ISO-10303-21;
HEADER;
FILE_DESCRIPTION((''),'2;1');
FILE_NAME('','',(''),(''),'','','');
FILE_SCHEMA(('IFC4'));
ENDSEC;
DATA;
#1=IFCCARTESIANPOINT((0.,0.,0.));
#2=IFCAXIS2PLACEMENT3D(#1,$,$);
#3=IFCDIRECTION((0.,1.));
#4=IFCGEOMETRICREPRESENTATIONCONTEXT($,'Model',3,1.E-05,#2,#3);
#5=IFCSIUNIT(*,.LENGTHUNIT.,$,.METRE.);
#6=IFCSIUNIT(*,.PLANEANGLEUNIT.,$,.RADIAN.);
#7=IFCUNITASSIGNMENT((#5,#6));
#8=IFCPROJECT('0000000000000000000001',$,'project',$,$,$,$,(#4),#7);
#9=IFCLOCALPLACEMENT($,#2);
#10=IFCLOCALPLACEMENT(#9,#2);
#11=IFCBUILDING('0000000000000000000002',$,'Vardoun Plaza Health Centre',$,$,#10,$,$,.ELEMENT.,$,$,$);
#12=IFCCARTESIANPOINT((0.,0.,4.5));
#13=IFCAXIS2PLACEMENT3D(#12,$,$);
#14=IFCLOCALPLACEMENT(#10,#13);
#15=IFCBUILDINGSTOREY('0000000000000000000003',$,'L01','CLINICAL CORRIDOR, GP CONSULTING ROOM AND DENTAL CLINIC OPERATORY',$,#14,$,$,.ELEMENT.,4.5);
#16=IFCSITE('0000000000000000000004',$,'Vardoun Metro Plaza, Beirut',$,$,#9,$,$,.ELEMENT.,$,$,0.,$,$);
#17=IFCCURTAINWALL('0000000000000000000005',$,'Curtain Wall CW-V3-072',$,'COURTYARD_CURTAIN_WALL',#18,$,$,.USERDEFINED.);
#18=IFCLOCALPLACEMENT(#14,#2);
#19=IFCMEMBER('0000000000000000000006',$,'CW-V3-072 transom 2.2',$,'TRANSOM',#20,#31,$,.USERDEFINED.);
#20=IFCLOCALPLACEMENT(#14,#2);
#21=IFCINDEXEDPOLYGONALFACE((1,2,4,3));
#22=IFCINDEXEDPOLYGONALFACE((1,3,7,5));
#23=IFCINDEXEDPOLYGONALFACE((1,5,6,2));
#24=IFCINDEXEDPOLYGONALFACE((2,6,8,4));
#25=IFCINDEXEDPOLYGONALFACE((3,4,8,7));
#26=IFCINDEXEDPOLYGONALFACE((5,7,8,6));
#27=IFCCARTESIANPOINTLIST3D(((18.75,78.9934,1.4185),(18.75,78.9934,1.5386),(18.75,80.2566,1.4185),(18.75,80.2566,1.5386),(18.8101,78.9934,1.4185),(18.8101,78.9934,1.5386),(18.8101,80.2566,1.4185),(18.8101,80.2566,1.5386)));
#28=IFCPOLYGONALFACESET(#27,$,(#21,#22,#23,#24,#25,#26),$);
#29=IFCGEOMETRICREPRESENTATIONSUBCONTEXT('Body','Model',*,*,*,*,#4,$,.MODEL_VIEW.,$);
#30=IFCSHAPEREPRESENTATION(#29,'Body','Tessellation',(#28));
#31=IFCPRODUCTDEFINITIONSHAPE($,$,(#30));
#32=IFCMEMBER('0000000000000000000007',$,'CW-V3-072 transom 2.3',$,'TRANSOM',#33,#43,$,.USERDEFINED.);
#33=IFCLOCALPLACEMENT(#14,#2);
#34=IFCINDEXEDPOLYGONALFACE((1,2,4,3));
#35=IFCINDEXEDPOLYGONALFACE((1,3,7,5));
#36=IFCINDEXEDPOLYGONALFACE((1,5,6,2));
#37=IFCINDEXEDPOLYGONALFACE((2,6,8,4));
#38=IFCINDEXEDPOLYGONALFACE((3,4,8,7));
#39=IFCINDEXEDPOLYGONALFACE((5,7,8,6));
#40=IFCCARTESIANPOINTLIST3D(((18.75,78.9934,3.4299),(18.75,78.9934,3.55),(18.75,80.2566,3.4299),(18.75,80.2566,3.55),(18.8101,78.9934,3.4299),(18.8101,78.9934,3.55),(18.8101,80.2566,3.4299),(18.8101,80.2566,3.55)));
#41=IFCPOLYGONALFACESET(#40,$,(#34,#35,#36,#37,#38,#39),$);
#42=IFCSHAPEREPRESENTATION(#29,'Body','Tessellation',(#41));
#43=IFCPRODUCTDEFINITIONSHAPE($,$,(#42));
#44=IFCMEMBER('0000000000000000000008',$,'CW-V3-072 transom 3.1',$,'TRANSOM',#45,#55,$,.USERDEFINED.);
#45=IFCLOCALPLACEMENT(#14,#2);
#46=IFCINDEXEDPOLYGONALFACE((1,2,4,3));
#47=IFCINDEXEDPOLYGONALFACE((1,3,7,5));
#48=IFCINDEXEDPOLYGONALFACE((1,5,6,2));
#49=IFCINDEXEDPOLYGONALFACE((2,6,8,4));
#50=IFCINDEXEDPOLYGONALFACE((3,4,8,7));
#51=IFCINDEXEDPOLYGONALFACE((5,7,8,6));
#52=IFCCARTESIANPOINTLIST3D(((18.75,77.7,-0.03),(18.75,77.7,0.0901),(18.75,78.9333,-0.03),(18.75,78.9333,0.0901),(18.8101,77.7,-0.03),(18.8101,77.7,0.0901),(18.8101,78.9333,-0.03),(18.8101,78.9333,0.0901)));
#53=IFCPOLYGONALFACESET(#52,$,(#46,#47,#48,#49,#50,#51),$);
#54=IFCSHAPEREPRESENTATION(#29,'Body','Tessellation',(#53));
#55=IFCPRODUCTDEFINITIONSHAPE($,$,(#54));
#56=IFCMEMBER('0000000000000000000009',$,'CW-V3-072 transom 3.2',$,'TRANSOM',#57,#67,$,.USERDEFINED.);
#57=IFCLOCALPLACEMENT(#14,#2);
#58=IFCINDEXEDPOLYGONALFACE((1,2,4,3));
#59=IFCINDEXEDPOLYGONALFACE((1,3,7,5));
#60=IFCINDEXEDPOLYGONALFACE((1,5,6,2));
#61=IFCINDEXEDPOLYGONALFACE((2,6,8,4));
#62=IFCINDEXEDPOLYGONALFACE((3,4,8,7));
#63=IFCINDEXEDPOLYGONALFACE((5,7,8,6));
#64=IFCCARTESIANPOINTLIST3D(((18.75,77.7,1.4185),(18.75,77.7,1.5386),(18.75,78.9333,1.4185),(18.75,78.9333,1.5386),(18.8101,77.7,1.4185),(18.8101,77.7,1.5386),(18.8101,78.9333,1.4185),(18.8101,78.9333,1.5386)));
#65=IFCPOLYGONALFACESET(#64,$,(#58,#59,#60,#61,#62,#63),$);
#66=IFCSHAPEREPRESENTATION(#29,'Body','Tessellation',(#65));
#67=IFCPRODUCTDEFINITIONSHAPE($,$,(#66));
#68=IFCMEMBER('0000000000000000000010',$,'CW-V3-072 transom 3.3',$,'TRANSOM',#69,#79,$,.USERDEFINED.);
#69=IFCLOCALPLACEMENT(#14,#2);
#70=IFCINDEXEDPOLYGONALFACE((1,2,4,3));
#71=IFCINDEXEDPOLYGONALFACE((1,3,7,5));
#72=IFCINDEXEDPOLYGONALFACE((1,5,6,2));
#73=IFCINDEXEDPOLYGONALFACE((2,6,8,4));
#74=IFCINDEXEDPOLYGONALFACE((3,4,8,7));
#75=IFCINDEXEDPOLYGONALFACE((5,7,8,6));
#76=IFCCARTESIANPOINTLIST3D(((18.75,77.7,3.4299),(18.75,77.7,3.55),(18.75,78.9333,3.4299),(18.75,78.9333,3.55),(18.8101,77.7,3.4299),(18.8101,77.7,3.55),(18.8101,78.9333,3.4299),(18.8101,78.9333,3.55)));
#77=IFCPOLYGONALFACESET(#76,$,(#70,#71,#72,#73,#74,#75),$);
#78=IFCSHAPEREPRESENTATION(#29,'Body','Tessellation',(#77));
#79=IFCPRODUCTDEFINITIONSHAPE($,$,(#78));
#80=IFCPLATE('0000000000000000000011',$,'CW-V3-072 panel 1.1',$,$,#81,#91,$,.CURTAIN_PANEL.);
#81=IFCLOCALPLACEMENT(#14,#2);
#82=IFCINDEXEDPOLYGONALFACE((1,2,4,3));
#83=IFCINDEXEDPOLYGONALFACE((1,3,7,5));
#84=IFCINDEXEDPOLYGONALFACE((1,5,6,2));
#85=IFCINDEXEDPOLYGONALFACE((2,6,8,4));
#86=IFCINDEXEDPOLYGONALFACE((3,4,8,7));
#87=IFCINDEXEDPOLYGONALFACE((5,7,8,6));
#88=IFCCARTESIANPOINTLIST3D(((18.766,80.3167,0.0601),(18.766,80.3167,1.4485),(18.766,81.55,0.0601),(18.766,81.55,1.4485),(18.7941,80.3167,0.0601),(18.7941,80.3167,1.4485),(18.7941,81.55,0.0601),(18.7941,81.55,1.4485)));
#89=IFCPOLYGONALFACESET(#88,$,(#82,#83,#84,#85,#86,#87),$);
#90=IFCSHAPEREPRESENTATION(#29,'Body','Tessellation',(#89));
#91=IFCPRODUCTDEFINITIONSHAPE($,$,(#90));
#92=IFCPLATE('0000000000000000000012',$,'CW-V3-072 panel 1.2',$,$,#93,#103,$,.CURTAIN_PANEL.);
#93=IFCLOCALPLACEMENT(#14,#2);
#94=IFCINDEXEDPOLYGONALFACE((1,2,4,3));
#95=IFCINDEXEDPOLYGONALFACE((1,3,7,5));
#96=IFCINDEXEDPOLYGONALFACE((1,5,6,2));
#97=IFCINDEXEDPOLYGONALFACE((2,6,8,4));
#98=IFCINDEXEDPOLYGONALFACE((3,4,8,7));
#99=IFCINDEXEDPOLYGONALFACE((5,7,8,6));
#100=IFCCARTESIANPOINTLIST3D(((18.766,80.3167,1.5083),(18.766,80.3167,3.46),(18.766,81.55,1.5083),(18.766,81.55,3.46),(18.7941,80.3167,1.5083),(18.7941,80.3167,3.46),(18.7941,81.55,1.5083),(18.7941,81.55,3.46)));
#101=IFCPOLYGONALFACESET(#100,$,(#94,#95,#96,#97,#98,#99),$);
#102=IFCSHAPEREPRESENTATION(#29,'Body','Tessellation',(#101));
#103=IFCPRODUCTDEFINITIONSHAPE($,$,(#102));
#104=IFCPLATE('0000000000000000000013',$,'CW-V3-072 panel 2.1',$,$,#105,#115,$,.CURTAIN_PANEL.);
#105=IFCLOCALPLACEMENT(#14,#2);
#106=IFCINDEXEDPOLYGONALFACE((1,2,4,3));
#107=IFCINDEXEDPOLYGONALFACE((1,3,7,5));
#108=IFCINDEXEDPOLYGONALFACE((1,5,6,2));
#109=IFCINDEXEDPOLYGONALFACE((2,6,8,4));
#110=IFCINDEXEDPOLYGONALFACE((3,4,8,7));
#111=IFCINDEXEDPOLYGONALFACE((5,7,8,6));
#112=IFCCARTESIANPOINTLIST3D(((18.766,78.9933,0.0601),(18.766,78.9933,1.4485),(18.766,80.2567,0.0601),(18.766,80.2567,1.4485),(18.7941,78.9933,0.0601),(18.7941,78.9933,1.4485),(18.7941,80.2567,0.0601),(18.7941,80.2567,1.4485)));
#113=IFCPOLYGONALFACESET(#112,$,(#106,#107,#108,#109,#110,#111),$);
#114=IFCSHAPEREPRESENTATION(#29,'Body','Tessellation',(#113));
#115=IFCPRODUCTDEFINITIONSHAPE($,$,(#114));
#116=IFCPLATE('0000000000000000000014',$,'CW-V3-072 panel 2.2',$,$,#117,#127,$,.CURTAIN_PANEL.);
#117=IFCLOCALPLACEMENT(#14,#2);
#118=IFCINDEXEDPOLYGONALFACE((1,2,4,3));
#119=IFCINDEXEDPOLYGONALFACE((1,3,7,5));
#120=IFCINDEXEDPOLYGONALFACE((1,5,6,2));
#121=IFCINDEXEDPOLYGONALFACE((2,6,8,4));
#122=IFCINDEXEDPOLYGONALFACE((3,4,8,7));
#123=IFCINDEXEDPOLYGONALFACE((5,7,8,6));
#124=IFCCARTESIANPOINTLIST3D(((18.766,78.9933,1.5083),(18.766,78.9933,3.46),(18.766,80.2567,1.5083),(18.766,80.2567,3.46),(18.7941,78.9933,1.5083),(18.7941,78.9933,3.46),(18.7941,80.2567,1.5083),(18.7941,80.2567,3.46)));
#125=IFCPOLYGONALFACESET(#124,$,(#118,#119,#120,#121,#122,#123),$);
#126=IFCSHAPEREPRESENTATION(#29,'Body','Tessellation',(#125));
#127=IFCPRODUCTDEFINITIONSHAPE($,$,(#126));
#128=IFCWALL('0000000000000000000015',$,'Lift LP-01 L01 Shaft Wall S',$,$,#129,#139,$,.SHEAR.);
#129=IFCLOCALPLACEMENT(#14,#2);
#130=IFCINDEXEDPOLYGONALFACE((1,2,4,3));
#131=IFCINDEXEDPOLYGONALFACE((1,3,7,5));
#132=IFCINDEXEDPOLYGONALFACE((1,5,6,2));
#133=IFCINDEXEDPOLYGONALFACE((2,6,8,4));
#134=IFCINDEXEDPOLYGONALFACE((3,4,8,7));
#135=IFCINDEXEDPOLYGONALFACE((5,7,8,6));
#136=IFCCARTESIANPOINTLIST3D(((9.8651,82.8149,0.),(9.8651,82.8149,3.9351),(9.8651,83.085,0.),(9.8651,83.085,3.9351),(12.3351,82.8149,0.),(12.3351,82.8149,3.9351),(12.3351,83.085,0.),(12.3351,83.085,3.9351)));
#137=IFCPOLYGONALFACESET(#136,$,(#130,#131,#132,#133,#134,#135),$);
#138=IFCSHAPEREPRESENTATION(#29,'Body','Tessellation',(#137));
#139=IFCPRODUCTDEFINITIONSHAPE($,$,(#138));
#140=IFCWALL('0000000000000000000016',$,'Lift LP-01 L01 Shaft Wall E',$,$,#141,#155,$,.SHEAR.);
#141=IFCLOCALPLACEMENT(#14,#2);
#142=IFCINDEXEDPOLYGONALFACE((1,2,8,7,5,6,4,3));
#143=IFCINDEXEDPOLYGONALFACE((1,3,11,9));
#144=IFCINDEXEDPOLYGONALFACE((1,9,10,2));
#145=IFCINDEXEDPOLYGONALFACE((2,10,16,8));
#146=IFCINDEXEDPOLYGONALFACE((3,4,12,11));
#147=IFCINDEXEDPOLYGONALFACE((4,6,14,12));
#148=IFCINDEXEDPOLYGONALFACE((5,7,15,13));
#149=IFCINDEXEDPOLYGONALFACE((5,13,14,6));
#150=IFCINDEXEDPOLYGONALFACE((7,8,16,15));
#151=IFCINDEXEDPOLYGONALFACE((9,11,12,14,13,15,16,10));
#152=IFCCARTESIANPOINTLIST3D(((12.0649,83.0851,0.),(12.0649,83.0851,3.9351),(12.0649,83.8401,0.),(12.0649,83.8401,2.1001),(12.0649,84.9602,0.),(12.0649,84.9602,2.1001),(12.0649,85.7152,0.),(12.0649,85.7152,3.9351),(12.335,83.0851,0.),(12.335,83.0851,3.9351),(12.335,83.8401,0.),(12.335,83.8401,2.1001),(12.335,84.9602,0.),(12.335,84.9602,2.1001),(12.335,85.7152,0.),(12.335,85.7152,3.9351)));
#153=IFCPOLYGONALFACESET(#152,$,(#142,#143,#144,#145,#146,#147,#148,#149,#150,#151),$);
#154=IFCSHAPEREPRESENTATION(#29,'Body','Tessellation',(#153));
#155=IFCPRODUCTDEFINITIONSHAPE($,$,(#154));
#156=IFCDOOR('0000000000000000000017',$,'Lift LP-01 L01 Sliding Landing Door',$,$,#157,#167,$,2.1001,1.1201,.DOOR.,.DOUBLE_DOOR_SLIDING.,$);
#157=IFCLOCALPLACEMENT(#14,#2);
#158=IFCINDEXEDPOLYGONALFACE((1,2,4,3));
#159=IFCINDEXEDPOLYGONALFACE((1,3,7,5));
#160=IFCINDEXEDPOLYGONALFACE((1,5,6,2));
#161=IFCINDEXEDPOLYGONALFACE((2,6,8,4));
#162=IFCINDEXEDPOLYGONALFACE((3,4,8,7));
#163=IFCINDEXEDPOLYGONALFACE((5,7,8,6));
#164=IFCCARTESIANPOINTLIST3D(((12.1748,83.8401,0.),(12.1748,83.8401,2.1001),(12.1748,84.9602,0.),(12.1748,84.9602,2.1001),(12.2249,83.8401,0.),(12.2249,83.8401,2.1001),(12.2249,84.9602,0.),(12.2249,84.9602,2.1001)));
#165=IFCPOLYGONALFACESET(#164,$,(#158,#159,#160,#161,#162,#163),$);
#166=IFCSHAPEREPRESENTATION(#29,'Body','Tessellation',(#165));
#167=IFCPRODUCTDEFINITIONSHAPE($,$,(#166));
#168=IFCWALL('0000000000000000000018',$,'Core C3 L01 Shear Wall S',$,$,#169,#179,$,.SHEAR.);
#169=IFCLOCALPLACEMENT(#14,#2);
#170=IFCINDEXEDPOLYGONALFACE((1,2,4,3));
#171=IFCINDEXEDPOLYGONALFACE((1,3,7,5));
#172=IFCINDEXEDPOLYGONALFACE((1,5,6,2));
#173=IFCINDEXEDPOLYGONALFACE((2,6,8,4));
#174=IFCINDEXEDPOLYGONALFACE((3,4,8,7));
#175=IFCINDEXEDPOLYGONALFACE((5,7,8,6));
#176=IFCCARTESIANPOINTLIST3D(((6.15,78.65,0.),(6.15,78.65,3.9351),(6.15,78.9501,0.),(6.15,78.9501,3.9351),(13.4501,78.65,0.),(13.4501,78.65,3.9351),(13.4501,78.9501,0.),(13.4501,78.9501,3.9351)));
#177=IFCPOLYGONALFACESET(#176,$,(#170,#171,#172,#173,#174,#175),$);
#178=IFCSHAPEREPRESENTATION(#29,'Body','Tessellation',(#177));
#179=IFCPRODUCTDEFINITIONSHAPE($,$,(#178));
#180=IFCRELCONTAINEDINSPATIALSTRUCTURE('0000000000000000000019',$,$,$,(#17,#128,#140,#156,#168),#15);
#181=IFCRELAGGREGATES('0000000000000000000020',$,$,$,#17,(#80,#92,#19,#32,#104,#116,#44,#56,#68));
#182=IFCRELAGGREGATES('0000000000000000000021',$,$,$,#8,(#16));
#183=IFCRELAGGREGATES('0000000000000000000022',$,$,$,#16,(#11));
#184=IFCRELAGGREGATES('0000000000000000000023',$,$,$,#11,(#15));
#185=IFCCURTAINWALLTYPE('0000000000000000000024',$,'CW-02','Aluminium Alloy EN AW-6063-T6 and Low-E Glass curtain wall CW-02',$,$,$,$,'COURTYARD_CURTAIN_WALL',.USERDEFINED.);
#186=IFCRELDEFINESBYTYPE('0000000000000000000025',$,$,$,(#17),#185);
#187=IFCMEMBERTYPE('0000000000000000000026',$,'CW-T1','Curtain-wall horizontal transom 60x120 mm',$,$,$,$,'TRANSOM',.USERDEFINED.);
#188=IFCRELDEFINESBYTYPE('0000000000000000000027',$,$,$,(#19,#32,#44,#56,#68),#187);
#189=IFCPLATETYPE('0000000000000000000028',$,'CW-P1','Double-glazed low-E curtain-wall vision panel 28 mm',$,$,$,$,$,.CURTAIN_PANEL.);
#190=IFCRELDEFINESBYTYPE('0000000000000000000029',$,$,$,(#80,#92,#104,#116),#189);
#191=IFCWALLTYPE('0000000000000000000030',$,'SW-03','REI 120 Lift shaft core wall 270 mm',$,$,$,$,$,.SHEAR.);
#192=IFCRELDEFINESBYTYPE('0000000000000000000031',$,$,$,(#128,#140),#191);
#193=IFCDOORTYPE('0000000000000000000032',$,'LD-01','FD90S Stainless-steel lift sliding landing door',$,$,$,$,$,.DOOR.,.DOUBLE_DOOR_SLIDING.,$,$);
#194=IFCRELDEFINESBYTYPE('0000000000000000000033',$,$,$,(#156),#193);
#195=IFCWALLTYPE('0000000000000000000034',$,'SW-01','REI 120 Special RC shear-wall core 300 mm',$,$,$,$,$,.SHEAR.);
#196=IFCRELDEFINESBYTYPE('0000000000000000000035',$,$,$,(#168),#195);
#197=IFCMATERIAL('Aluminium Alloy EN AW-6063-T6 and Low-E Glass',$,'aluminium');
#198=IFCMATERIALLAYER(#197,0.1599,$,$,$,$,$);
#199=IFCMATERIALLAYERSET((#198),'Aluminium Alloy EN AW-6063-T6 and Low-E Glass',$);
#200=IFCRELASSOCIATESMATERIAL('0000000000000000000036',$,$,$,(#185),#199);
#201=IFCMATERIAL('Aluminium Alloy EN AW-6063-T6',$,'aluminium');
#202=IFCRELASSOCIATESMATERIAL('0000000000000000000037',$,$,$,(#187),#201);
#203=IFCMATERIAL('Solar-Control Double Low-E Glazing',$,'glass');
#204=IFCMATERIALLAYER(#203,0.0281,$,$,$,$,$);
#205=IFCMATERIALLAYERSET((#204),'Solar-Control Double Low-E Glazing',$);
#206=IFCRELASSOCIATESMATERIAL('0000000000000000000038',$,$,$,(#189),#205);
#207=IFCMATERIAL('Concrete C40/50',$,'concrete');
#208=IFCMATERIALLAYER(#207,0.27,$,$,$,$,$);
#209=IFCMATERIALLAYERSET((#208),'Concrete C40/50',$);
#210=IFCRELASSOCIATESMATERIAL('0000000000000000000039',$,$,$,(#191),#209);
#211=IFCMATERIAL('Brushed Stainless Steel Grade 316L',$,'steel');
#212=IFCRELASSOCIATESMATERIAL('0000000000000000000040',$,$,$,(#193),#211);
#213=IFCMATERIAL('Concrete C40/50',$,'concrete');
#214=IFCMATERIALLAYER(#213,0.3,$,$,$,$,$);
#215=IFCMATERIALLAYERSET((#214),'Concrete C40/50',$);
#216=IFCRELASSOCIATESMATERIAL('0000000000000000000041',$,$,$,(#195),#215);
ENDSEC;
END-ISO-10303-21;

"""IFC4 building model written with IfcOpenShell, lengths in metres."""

from ifc_helpers import new_model, si_unit, direction, frame, frame_2d, origin, origin_2d, place, context, subcontext, project, spatial, rectangle, extrude, material, layer, layer_set, material_profile, profile_set, type_object, element, fill, aggregate, save


model = new_model("IFC4")

# Units and contexts
model_context = context("Model", 3, precision=1e-05, world=origin(), true_north=direction((0.0, 1.0)))
body_context = subcontext(model_context, "Body", "Model", "MODEL_VIEW")
ifc_project = project(units=[si_unit("LENGTHUNIT", "METRE"), si_unit("PLANEANGLEUNIT", "RADIAN")], contexts=[model_context])

# Site, building, storey
site_placement = place(None, origin())
site = spatial("IfcSite", under=ifc_project, at=site_placement, Name="Vardoun Metro Plaza, Beirut", CompositionType="ELEMENT", RefElevation=0.0)
building_placement = place(site_placement, origin())
building = spatial("IfcBuilding", under=site, at=building_placement, Name="Vardoun Plaza Health Centre", CompositionType="ELEMENT")
storey_placement = place(building_placement, frame((0.0, 0.0, 4.5)))
storey = spatial("IfcBuildingStorey", under=building, at=storey_placement, Name="L01", Description="CLINICAL CORRIDOR, GP CONSULTING ROOM AND DENTAL CLINIC OPERATORY", CompositionType="ELEMENT", Elevation=4.5)

# Curtain wall, members, plates
ifc_material_1 = material(Name="Aluminium Alloy EN AW-6063-T6 and Low-E Glass", Category="aluminium")
ifc_layer_1 = layer(ifc_material_1, 0.1599)
ifc_layer_set_1 = layer_set([ifc_layer_1], Name="Aluminium Alloy EN AW-6063-T6 and Low-E Glass")
curtain_wall_type = type_object("IfcCurtainWallType", Name="CW-02", Description="Aluminium Alloy EN AW-6063-T6 and Low-E Glass curtain wall CW-02", ElementType="COURTYARD_CURTAIN_WALL", PredefinedType="USERDEFINED", material=ifc_layer_set_1)
curtain_wall_placement = place(storey_placement, origin())
curtain_wall = element("IfcCurtainWall", 1, at=curtain_wall_placement, inside=storey, type_object=curtain_wall_type, Name="Curtain Wall CW-V3-072", ObjectType="COURTYARD_CURTAIN_WALL", PredefinedType="USERDEFINED")
ifc_material_2 = material(Name="Aluminium Alloy EN AW-6063-T6", Category="aluminium")
ifc_material_profile_1 = material_profile(ifc_material_2, rectangle(XDim=0.0601, YDim=0.1201, at=origin_2d()), Name="CWT 60x120")
ifc_profile_set_1 = profile_set([ifc_material_profile_1], Name="Aluminium Alloy EN AW-6063-T6")
member_type_1 = type_object("IfcMemberType", Name="CW-T1", Description="Curtain-wall horizontal transom 60x120 mm", ElementType="TRANSOM", PredefinedType="USERDEFINED", material=ifc_profile_set_1)
member_1_placement = place(storey_placement, frame((18.78, 80.2566, 1.4785), z_axis=(0.0, -1.0, 0.0), x_axis=(1.0, 0.0, 0.0)))
member_1 = element("IfcMember", 2, at=member_1_placement, type_object=member_type_1, Name="CW-V3-072 transom 2.2", ObjectType="TRANSOM", PredefinedType="USERDEFINED", context=body_context, shape_type="SweptSolid", body=[
    extrude(rectangle(XDim=0.0601, YDim=0.1201, at=origin_2d()), origin(), (0.0, 0.0, 1.0), 1.2632),
])
member_2_placement = place(storey_placement, frame((18.78, 80.2566, 3.49), z_axis=(0.0, -1.0, 0.0), x_axis=(1.0, 0.0, 0.0)))
member_2 = element("IfcMember", 3, at=member_2_placement, type_object=member_type_1, Name="CW-V3-072 transom 2.3", ObjectType="TRANSOM", PredefinedType="USERDEFINED", context=body_context, shape_type="SweptSolid", body=[
    extrude(rectangle(XDim=0.0601, YDim=0.1201, at=origin_2d()), origin(), (0.0, 0.0, 1.0), 1.2632),
])
member_3_placement = place(storey_placement, frame((18.78, 78.9333, 0.03), z_axis=(0.0, -1.0, 0.0), x_axis=(1.0, 0.0, 0.0)))
member_3 = element("IfcMember", 4, at=member_3_placement, type_object=member_type_1, Name="CW-V3-072 transom 3.1", ObjectType="TRANSOM", PredefinedType="USERDEFINED", context=body_context, shape_type="SweptSolid", body=[
    extrude(rectangle(XDim=0.0601, YDim=0.1201, at=origin_2d()), origin(), (0.0, 0.0, 1.0), 1.2334),
])
member_4_placement = place(storey_placement, frame((18.78, 78.9333, 1.4785), z_axis=(0.0, -1.0, 0.0), x_axis=(1.0, 0.0, 0.0)))
member_4 = element("IfcMember", 5, at=member_4_placement, type_object=member_type_1, Name="CW-V3-072 transom 3.2", ObjectType="TRANSOM", PredefinedType="USERDEFINED", context=body_context, shape_type="SweptSolid", body=[
    extrude(rectangle(XDim=0.0601, YDim=0.1201, at=origin_2d()), origin(), (0.0, 0.0, 1.0), 1.2334),
])
member_5_placement = place(storey_placement, frame((18.78, 78.9333, 3.49), z_axis=(0.0, -1.0, 0.0), x_axis=(1.0, 0.0, 0.0)))
member_5 = element("IfcMember", 6, at=member_5_placement, type_object=member_type_1, Name="CW-V3-072 transom 3.3", ObjectType="TRANSOM", PredefinedType="USERDEFINED", context=body_context, shape_type="SweptSolid", body=[
    extrude(rectangle(XDim=0.0601, YDim=0.1201, at=origin_2d()), origin(), (0.0, 0.0, 1.0), 1.2334),
])
ifc_material_3 = material(Name="Solar-Control Double Low-E Glazing", Category="glass")
ifc_layer_2 = layer(ifc_material_3, 0.0281)
ifc_layer_set_2 = layer_set([ifc_layer_2], Name="Solar-Control Double Low-E Glazing")
plate_type = type_object("IfcPlateType", Name="CW-P1", Description="Double-glazed low-E curtain-wall vision panel 28 mm", PredefinedType="CURTAIN_PANEL", material=ifc_layer_set_2)
plate_1_placement = place(storey_placement, frame((18.78, 80.9333, 0.0601), z_axis=(0.0, 0.0, 1.0), x_axis=(0.0, -1.0, 0.0)))
plate_1 = element("IfcPlate", 7, at=plate_1_placement, type_object=plate_type, Name="CW-V3-072 panel 1.1", PredefinedType="CURTAIN_PANEL", context=body_context, shape_type="SweptSolid", body=[
    extrude(rectangle(XDim=1.2334, YDim=0.0281, at=origin_2d()), origin(), (0.0, 0.0, 1.0), 1.3884),
])
plate_2_placement = place(storey_placement, frame((18.78, 80.9333, 1.5083), z_axis=(0.0, 0.0, 1.0), x_axis=(0.0, -1.0, 0.0)))
plate_2 = element("IfcPlate", 8, at=plate_2_placement, type_object=plate_type, Name="CW-V3-072 panel 1.2", PredefinedType="CURTAIN_PANEL", context=body_context, shape_type="SweptSolid", body=[
    extrude(rectangle(XDim=1.2334, YDim=0.0281, at=origin_2d()), origin(), (0.0, 0.0, 1.0), 1.9517),
])
plate_3_placement = place(storey_placement, frame((18.78, 79.625, 0.0601), z_axis=(0.0, 0.0, 1.0), x_axis=(0.0, -1.0, 0.0)))
plate_3 = element("IfcPlate", 9, at=plate_3_placement, type_object=plate_type, Name="CW-V3-072 panel 2.1", PredefinedType="CURTAIN_PANEL", context=body_context, shape_type="SweptSolid", body=[
    extrude(rectangle(XDim=1.2634, YDim=0.0281, at=origin_2d()), origin(), (0.0, 0.0, 1.0), 1.3884),
])
plate_4_placement = place(storey_placement, frame((18.78, 79.625, 1.5083), z_axis=(0.0, 0.0, 1.0), x_axis=(0.0, -1.0, 0.0)))
plate_4 = element("IfcPlate", 10, at=plate_4_placement, type_object=plate_type, Name="CW-V3-072 panel 2.2", PredefinedType="CURTAIN_PANEL", context=body_context, shape_type="SweptSolid", body=[
    extrude(rectangle(XDim=1.2634, YDim=0.0281, at=origin_2d()), origin(), (0.0, 0.0, 1.0), 1.9517),
])
aggregate(curtain_wall, [plate_1, plate_2, member_1, member_2, plate_3, plate_4, member_3, member_4, member_5])

# Wall
ifc_material_4 = material(Name="Concrete C40/50", Category="concrete")
ifc_layer_3 = layer(ifc_material_4, 0.27)
ifc_layer_set_3 = layer_set([ifc_layer_3], Name="Concrete C40/50")
wall_type_1 = type_object("IfcWallType", Name="SW-03", Description="REI 120 Lift shaft core wall 270 mm", PredefinedType="SHEAR", material=ifc_layer_set_3)
wall_1_placement = place(storey_placement, frame((12.335, 82.95, 0.0), z_axis=(0.0, 0.0, 1.0), x_axis=(-1.0, 0.0, 0.0)))
element("IfcWall", 11, at=wall_1_placement, inside=storey, type_object=wall_type_1, Name="Lift LP-01 L01 Shaft Wall S", PredefinedType="SHEAR", context=body_context, shape_type="SweptSolid", body=[
    extrude(rectangle(XDim=2.47, YDim=0.27, at=frame_2d((1.2349, 0.0))), origin(), (0.0, 0.0, 1.0), 3.9351),
])

# Wall, opening, door
wall_2_placement = place(storey_placement, frame((12.2, 85.7151, 0.0), z_axis=(0.0, 0.0, 1.0), x_axis=(0.0, -1.0, 0.0)))
wall_2 = element("IfcWall", 12, at=wall_2_placement, inside=storey, type_object=wall_type_1, Name="Lift LP-01 L01 Shaft Wall E", PredefinedType="SHEAR", context=body_context, shape_type="SweptSolid", body=[
    extrude(rectangle(XDim=2.6301, YDim=0.27, at=frame_2d((1.3149, 0.0))), origin(), (0.0, 0.0, 1.0), 3.9351),
])
opening_1_placement = place(wall_2_placement, frame((0.7549, 0.0, 0.0)))
opening_1 = element("IfcOpeningElement", 13, at=opening_1_placement, cuts=wall_2, PredefinedType="OPENING", context=body_context, shape_type="SweptSolid", body=[
    extrude(rectangle(XDim=1.1201, YDim=2.1001, at=frame_2d((0.5601, 1.05))), frame((0.0, 0.135, 0.0), z_axis=(0.0, -1.0, 0.0), x_axis=(1.0, 0.0, 0.0)), (0.0, 0.0, 1.0), 0.27),
])
ifc_material_5 = material(Name="Brushed Stainless Steel Grade 316L", Category="steel")
door_type_1 = type_object("IfcDoorType", Name="LD-01", Description="FD90S Stainless-steel lift sliding landing door", OperationType="DOUBLE_DOOR_SLIDING", PredefinedType="DOOR", material=ifc_material_5)
door_1_placement = place(opening_1_placement, origin())
door_1 = element("IfcDoor", 14, at=door_1_placement, inside=storey, type_object=door_type_1, Name="Lift LP-01 L01 Sliding Landing Door", OperationType="DOUBLE_DOOR_SLIDING", OverallHeight=2.1001, OverallWidth=1.1201, PredefinedType="DOOR", context=body_context, shape_type="SweptSolid", body=[
    extrude(rectangle(XDim=1.1201, YDim=2.1001, at=frame_2d((0.5601, 1.05))), frame((0.0, 0.0249, 0.0), z_axis=(0.0, -1.0, 0.0), x_axis=(1.0, 0.0, 0.0)), (0.0, 0.0, 1.0), 0.05),
])
fill(opening_1, door_1)

# Wall
ifc_material_6 = material(Name="Concrete C40/50", Category="concrete")
ifc_layer_4 = layer(ifc_material_6, 0.3)
ifc_layer_set_4 = layer_set([ifc_layer_4], Name="Concrete C40/50")
wall_type_2 = type_object("IfcWallType", Name="SW-01", Description="REI 120 Special RC shear-wall core 300 mm", PredefinedType="SHEAR", material=ifc_layer_set_4)
wall_3_placement = place(storey_placement, frame((13.45, 78.8, 0.0), z_axis=(0.0, 0.0, 1.0), x_axis=(-1.0, 0.0, 0.0)))
element("IfcWall", 15, at=wall_3_placement, inside=storey, type_object=wall_type_2, Name="Core C3 L01 Shear Wall S", PredefinedType="SHEAR", context=body_context, shape_type="SweptSolid", body=[
    extrude(rectangle(XDim=7.3, YDim=0.3, at=frame_2d((3.6499, 0.0))), origin(), (0.0, 0.0, 1.0), 3.9351),
])

save(model, "model.ifc")
